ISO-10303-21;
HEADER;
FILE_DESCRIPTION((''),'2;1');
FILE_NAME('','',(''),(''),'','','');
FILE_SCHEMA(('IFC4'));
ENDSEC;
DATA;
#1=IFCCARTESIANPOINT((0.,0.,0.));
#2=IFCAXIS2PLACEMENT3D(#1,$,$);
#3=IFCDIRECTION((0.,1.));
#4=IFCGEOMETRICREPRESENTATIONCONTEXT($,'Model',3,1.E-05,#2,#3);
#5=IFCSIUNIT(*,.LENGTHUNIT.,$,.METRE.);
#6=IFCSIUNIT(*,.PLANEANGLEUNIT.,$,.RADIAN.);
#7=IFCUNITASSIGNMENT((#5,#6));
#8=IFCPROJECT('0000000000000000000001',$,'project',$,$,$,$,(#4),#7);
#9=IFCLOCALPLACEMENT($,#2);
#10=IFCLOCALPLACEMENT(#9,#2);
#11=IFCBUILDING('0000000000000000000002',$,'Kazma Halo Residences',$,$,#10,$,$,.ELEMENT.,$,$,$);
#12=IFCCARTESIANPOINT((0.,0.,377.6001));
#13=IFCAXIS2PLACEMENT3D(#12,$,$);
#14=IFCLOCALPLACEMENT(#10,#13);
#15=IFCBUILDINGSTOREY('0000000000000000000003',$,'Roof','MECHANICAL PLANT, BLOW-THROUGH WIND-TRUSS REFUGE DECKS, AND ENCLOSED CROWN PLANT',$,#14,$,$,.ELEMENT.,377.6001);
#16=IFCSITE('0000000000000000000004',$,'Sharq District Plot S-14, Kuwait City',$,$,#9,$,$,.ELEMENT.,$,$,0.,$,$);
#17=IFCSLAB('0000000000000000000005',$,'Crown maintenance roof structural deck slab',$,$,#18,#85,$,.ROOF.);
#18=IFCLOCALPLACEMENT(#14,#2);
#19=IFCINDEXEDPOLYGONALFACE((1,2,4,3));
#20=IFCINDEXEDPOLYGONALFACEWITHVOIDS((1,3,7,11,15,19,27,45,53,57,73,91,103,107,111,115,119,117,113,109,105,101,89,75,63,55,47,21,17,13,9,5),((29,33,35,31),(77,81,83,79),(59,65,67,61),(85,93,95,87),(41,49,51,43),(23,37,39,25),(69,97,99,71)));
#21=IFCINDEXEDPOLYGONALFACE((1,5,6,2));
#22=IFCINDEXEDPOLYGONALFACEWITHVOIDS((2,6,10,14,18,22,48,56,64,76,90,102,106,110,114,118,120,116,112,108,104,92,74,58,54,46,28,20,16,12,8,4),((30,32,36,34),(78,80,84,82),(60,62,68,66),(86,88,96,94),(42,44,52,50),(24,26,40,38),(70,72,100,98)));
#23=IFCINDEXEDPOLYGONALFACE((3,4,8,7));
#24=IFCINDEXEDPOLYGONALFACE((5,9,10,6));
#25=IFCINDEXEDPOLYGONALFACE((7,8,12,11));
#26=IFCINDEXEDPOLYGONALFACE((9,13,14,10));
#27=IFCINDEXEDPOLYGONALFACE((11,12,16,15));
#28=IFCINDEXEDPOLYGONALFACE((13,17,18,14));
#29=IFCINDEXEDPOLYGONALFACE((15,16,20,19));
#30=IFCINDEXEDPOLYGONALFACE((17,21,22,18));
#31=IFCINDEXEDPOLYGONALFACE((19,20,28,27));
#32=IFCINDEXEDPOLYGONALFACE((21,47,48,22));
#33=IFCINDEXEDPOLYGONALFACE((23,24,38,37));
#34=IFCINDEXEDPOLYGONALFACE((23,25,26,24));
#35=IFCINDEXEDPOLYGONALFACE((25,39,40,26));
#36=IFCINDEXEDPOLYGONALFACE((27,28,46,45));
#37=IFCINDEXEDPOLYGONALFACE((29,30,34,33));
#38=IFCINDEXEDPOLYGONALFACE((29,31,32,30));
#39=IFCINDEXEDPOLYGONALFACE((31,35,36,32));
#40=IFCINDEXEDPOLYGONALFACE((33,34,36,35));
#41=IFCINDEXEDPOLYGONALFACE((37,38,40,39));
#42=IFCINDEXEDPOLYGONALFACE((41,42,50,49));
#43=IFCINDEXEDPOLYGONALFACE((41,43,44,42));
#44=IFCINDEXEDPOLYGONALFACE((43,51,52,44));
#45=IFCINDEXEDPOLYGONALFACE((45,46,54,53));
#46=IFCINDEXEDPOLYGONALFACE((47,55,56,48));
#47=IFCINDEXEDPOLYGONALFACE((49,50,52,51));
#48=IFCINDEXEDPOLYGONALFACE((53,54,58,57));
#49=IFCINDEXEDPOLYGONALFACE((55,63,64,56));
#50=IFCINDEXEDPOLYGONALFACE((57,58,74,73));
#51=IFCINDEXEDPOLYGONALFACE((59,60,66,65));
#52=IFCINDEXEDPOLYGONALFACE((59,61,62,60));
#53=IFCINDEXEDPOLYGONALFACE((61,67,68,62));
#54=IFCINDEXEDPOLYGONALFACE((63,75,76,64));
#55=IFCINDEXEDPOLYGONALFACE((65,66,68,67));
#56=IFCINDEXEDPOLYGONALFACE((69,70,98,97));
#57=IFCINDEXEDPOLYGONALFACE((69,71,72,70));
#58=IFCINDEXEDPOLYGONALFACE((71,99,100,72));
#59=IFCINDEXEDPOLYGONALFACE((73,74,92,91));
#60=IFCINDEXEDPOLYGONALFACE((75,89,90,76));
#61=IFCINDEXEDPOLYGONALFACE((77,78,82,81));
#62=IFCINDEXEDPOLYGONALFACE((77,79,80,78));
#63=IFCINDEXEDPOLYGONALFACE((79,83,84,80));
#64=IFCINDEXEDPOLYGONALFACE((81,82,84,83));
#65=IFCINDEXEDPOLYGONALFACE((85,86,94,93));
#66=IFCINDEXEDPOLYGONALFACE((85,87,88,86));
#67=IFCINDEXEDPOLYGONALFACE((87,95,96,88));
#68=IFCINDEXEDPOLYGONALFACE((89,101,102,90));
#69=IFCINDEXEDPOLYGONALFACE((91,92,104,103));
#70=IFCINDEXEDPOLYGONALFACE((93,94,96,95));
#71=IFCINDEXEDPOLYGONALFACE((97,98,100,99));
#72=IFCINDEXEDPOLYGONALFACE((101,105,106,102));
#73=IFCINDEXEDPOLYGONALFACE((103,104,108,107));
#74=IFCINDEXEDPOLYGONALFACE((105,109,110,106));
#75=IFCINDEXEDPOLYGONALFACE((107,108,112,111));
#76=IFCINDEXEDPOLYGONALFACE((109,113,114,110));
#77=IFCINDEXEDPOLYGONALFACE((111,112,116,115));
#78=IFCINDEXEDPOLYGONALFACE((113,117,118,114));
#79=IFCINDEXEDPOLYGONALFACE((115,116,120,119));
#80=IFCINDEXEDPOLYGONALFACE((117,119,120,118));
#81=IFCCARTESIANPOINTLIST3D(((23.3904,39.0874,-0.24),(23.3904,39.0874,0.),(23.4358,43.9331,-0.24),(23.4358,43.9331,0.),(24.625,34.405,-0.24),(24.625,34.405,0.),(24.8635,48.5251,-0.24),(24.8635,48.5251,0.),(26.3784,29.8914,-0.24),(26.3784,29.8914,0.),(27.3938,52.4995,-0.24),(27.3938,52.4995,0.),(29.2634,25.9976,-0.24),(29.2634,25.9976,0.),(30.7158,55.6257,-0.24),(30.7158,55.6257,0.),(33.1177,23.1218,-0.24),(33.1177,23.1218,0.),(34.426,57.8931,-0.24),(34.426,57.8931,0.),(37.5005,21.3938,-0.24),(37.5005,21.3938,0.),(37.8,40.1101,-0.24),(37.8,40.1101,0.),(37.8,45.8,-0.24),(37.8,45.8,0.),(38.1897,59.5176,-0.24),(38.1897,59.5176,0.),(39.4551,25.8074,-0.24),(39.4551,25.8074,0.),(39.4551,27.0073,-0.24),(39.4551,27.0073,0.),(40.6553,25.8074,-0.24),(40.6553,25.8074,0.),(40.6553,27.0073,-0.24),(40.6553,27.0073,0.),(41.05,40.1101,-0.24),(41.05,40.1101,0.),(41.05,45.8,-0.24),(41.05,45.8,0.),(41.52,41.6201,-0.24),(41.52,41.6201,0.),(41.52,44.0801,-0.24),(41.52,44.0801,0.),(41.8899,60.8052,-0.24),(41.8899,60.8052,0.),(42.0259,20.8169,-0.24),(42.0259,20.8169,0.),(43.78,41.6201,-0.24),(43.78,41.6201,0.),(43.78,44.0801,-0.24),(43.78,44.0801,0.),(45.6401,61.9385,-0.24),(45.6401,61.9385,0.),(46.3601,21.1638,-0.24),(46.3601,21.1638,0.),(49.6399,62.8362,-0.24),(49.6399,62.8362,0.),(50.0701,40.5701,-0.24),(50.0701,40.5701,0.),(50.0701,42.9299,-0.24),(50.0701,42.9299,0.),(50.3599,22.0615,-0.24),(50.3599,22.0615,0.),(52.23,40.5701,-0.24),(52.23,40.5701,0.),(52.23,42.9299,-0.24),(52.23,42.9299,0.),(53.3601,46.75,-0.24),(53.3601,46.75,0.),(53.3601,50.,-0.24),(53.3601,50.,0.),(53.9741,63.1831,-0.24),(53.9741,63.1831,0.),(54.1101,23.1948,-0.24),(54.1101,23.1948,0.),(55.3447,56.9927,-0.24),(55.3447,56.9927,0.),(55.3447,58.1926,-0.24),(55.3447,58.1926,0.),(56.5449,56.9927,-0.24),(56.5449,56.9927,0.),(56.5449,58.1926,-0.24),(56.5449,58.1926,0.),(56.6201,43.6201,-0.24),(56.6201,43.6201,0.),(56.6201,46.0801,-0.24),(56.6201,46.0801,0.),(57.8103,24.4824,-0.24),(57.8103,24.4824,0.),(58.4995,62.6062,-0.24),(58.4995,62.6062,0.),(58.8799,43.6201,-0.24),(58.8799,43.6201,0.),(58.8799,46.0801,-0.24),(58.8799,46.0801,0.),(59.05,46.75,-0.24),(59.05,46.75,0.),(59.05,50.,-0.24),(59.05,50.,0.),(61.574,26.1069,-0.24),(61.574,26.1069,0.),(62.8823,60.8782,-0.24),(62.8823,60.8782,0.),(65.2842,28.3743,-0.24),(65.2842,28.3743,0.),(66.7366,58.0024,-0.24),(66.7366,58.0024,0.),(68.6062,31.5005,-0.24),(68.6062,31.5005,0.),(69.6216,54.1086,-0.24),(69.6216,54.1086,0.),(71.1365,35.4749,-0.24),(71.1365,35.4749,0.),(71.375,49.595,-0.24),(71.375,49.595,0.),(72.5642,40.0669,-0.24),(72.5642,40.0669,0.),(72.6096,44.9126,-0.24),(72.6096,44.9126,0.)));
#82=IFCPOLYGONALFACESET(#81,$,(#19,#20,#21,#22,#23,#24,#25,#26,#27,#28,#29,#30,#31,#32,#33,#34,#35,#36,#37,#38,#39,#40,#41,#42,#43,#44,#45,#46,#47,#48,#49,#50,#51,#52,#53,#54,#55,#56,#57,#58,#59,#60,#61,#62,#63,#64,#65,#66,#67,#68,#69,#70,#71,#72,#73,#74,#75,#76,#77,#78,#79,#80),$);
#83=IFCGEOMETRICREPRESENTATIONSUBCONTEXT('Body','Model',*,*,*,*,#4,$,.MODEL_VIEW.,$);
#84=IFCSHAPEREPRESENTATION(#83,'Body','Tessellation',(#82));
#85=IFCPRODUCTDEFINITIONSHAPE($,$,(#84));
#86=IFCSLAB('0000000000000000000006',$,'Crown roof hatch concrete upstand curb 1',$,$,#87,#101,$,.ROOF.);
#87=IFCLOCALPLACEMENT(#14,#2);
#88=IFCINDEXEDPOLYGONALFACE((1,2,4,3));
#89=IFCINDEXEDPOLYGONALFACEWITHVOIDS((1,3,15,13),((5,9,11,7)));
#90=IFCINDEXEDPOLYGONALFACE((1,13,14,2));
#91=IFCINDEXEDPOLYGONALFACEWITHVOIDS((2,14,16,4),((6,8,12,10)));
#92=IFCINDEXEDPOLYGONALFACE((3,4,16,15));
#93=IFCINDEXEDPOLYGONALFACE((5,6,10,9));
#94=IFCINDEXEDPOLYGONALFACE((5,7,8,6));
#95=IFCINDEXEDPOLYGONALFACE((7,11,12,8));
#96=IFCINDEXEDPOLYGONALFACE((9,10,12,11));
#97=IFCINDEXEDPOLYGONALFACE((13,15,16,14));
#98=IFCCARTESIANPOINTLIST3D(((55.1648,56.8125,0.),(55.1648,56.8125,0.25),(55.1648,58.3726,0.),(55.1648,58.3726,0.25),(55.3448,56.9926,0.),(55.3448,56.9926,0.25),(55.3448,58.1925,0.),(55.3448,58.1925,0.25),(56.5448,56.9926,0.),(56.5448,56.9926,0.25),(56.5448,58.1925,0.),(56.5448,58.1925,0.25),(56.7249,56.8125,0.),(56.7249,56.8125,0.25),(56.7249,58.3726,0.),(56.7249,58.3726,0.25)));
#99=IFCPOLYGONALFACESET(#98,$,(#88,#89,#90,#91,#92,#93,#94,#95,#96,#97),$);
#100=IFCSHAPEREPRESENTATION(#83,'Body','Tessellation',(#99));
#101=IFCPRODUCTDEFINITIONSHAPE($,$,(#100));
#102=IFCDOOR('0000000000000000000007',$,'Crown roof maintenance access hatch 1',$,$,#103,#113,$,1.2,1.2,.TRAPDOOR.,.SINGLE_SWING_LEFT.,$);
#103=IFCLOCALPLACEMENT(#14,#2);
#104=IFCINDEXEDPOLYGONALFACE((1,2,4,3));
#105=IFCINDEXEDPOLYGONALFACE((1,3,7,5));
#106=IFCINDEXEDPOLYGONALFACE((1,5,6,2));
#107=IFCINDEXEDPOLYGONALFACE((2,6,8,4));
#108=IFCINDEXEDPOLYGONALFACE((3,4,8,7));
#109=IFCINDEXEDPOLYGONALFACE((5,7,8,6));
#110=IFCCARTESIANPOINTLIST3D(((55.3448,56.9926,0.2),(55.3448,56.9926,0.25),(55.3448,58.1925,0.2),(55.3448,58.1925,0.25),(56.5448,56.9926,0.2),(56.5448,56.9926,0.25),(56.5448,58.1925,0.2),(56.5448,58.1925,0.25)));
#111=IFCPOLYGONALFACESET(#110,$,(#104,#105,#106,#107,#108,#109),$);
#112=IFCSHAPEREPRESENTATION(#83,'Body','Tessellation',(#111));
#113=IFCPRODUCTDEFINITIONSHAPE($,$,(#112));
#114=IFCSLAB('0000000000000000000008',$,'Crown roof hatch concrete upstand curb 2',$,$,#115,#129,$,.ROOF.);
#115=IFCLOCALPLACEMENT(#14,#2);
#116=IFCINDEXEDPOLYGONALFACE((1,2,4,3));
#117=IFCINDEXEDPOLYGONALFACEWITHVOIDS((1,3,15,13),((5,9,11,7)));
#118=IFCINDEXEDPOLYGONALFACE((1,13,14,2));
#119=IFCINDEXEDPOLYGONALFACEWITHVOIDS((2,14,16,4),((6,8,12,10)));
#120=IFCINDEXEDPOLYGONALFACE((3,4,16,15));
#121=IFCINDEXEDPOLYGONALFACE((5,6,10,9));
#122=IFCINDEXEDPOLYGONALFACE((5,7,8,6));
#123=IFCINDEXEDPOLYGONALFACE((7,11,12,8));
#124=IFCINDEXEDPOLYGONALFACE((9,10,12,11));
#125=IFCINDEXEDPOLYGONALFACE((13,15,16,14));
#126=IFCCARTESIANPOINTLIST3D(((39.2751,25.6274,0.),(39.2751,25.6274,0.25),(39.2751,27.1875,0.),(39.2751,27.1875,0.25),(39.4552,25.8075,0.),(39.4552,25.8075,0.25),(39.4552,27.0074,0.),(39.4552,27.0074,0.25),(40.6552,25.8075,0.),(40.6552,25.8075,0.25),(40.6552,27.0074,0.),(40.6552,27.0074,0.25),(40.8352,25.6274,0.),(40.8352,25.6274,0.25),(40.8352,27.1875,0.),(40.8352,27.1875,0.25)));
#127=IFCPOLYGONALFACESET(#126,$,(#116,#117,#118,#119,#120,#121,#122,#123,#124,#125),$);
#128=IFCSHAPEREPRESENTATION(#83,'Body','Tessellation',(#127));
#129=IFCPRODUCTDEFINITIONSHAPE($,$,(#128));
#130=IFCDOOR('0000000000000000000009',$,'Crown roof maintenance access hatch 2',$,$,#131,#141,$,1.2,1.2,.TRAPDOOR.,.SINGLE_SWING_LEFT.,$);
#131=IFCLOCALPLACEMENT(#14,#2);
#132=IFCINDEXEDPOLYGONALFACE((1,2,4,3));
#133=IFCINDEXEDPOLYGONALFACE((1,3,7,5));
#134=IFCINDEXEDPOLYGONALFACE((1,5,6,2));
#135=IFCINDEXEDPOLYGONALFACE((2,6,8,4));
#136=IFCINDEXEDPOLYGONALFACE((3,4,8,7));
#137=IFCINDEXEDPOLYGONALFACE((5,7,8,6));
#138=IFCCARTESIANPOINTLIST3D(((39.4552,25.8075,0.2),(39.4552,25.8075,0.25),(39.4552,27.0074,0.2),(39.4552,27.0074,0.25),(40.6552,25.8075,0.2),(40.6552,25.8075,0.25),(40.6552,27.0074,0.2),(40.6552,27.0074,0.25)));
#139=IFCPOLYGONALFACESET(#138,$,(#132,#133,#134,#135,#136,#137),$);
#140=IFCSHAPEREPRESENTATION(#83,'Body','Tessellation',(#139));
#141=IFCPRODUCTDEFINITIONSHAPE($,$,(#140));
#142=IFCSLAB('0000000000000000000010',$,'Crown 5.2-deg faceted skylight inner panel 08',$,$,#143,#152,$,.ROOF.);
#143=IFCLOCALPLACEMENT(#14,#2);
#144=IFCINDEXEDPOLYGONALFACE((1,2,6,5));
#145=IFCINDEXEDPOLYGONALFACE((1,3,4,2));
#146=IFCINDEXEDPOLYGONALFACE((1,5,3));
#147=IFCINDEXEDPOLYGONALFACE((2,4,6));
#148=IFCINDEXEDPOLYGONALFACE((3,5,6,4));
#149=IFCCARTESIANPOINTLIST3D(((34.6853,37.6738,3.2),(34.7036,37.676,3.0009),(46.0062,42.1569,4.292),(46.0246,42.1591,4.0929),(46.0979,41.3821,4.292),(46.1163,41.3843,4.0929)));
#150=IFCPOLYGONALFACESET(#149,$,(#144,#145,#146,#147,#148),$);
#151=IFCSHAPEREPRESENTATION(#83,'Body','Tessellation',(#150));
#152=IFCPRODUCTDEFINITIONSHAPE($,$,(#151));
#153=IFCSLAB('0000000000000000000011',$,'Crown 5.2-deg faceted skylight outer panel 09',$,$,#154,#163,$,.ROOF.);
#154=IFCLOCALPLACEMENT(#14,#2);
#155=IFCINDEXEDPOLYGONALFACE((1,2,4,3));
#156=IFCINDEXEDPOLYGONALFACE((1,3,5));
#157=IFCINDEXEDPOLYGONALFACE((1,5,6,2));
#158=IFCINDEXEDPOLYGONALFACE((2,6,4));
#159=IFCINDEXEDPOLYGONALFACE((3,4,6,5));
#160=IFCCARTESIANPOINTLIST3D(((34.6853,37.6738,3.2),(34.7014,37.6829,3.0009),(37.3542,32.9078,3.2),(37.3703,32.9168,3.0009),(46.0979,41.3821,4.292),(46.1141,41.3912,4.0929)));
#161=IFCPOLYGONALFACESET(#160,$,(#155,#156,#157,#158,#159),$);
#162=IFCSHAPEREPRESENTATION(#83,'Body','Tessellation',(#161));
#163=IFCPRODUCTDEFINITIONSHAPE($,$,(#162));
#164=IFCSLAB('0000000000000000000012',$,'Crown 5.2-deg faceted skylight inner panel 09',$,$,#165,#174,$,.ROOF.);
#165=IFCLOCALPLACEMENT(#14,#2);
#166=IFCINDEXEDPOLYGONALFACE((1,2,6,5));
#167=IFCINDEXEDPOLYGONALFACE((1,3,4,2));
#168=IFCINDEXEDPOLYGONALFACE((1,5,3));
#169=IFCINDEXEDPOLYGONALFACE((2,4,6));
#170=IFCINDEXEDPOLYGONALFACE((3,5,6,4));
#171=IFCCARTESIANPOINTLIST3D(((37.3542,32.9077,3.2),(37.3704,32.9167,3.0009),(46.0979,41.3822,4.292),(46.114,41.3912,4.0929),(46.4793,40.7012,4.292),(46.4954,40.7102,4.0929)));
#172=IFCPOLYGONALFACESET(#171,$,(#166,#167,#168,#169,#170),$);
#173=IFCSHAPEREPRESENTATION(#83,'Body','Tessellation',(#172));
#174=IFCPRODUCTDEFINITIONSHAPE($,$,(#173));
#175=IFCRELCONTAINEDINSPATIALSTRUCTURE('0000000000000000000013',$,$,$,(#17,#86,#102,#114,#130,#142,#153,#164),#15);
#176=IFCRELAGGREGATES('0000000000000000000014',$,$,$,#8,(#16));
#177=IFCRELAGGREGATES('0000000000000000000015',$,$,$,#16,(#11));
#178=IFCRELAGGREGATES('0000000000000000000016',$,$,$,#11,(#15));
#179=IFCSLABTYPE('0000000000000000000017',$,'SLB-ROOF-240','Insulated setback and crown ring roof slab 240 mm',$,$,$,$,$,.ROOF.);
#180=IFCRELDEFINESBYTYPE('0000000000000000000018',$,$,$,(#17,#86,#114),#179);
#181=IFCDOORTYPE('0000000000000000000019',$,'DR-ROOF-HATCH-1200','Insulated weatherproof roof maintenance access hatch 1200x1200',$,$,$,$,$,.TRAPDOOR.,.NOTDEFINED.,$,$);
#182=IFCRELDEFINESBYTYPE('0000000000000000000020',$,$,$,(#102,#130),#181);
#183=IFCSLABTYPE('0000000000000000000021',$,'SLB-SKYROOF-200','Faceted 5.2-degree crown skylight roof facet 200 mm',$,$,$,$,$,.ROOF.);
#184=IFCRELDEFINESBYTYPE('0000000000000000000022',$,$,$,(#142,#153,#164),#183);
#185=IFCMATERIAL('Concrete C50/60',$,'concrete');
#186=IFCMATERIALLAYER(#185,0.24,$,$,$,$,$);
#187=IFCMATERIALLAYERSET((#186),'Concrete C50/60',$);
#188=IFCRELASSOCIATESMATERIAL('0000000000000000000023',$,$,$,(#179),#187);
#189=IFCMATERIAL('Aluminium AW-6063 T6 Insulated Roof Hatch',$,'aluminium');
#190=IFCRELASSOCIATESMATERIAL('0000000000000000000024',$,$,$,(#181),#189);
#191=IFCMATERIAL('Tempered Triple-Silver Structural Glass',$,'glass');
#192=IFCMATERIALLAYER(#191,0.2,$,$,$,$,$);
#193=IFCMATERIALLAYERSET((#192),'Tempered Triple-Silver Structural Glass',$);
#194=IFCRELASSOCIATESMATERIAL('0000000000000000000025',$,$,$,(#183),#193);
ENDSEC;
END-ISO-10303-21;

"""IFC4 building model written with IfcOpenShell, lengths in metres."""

from ifc_helpers import new_model, si_unit, direction, frame, origin, origin_2d, place, context, subcontext, project, spatial, polyline, rectangle, outline, extrude, material, layer, layer_set, type_object, element, fill, save


model = new_model("IFC4")

# Units and contexts
model_context = context("Model", 3, precision=1e-05, world=origin(), true_north=direction((0.0, 1.0)))
body_context = subcontext(model_context, "Body", "Model", "MODEL_VIEW")
ifc_project = project(units=[si_unit("LENGTHUNIT", "METRE"), si_unit("PLANEANGLEUNIT", "RADIAN")], contexts=[model_context])

# Site, building, storey
site_placement = place(None, origin())
site = spatial("IfcSite", under=ifc_project, at=site_placement, Name="Sharq District Plot S-14, Kuwait City", CompositionType="ELEMENT", RefElevation=0.0)
building_placement = place(site_placement, origin())
building = spatial("IfcBuilding", under=site, at=building_placement, Name="Kazma Halo Residences", CompositionType="ELEMENT")
storey_placement = place(building_placement, frame((0.0, 0.0, 377.6001)))
storey = spatial("IfcBuildingStorey", under=building, at=storey_placement, Name="Roof", Description="MECHANICAL PLANT, BLOW-THROUGH WIND-TRUSS REFUGE DECKS, AND ENCLOSED CROWN PLANT", CompositionType="ELEMENT", Elevation=377.6001)

# Slab
ifc_material_1 = material(Name="Concrete C50/60", Category="concrete")
ifc_layer_1 = layer(ifc_material_1, 0.24)
ifc_layer_set_1 = layer_set([ifc_layer_1], Name="Concrete C50/60")
slab_type_1 = type_object("IfcSlabType", Name="SLB-ROOF-240", Description="Insulated setback and crown ring roof slab 240 mm", PredefinedType="ROOF", material=ifc_layer_set_1)
slab_1_placement = place(storey_placement, frame((0.0, 0.0, -0.24)))
element("IfcSlab", 1, at=slab_1_placement, inside=storey, type_object=slab_type_1, Name="Crown maintenance roof structural deck slab", PredefinedType="ROOF", context=body_context, shape_type="SweptSolid", body=[
    extrude(outline(polyline([(71.375, 49.595), (69.6216, 54.1086), (66.7366, 58.0024), (62.8823, 60.8782), (58.4995, 62.6062), (53.9741, 63.1831), (49.6399, 62.8362), (45.6401, 61.9385), (41.8899, 60.8052), (38.1897, 59.5176), (34.426, 57.8931), (30.7158, 55.6257), (27.3938, 52.4995), (24.8635, 48.5251), (23.4358, 43.9331), (23.3904, 39.0874), (24.625, 34.405), (26.3784, 29.8914), (29.2634, 25.9976), (33.1177, 23.1218), (37.5005, 21.3938), (42.0259, 20.8169), (46.3601, 21.1638), (50.3599, 22.0615), (54.1101, 23.1948), (57.8103, 24.4824), (61.574, 26.1069), (65.2842, 28.3743), (68.6062, 31.5005), (71.1365, 35.4749), (72.5642, 40.0669), (72.6096, 44.9126), (71.375, 49.595)]), holes=[polyline([(37.8, 40.1101), (41.05, 40.1101), (41.05, 45.8), (37.8, 45.8), (37.8, 40.1101)]), polyline([(53.3601, 46.75), (59.05, 46.75), (59.05, 50.0), (53.3601, 50.0), (53.3601, 46.75)]), polyline([(41.52, 41.6201), (43.78, 41.6201), (43.78, 44.0801), (41.52, 44.0801), (41.52, 41.6201)]), polyline([(56.6201, 43.6201), (58.8799, 43.6201), (58.8799, 46.0801), (56.6201, 46.0801), (56.6201, 43.6201)]), polyline([(50.0701, 40.5701), (52.23, 40.5701), (52.23, 42.9299), (50.0701, 42.9299), (50.0701, 40.5701)]), polyline([(55.3447, 56.9927), (56.5449, 56.9927), (56.5449, 58.1926), (55.3447, 58.1926), (55.3447, 56.9927)]), polyline([(39.4551, 25.8074), (40.6553, 25.8074), (40.6553, 27.0073), (39.4551, 27.0073), (39.4551, 25.8074)])]), origin(), (0.0, 0.0, 1.0), 0.24),
])

# Slabs, openings, doors
slab_2_placement = place(storey_placement, origin())
slab_2 = element("IfcSlab", 2, at=slab_2_placement, inside=storey, type_object=slab_type_1, Name="Crown roof hatch concrete upstand curb 1", PredefinedType="ROOF", context=body_context, shape_type="SweptSolid", body=[
    extrude(outline(polyline([(55.1648, 56.8125), (56.7249, 56.8125), (56.7249, 58.3726), (55.1648, 58.3726), (55.1648, 56.8125)])), origin(), (0.0, 0.0, 1.0), 0.25),
])
opening_1_placement = place(slab_2_placement, frame((55.9448, 57.5925, -0.01)))
opening_1 = element("IfcOpeningElement", 3, at=opening_1_placement, cuts=slab_2, PredefinedType="OPENING", context=body_context, shape_type="SweptSolid", body=[
    extrude(rectangle(XDim=1.2, YDim=1.2, at=origin_2d()), origin(), (0.0, 0.0, 1.0), 0.27),
])
ifc_material_2 = material(Name="Aluminium AW-6063 T6 Insulated Roof Hatch", Category="aluminium")
door_type = type_object("IfcDoorType", Name="DR-ROOF-HATCH-1200", Description="Insulated weatherproof roof maintenance access hatch 1200x1200", OperationType="NOTDEFINED", PredefinedType="TRAPDOOR", material=ifc_material_2)
door_1_placement = place(slab_2_placement, frame((55.9448, 57.5925, 0.2)))
door_1 = element("IfcDoor", 4, at=door_1_placement, inside=storey, type_object=door_type, Name="Crown roof maintenance access hatch 1", OperationType="SINGLE_SWING_LEFT", OverallHeight=1.2, OverallWidth=1.2, PredefinedType="TRAPDOOR", context=body_context, shape_type="SweptSolid", body=[
    extrude(rectangle(XDim=1.2, YDim=1.2, at=origin_2d()), origin(), (0.0, 0.0, 1.0), 0.05),
])
fill(opening_1, door_1)
slab_3_placement = place(storey_placement, origin())
slab_3 = element("IfcSlab", 5, at=slab_3_placement, inside=storey, type_object=slab_type_1, Name="Crown roof hatch concrete upstand curb 2", PredefinedType="ROOF", context=body_context, shape_type="SweptSolid", body=[
    extrude(outline(polyline([(39.2751, 25.6274), (40.8352, 25.6274), (40.8352, 27.1875), (39.2751, 27.1875), (39.2751, 25.6274)])), origin(), (0.0, 0.0, 1.0), 0.25),
])
opening_2_placement = place(slab_3_placement, frame((40.0552, 26.4075, -0.01)))
opening_2 = element("IfcOpeningElement", 6, at=opening_2_placement, cuts=slab_3, PredefinedType="OPENING", context=body_context, shape_type="SweptSolid", body=[
    extrude(rectangle(XDim=1.2, YDim=1.2, at=origin_2d()), origin(), (0.0, 0.0, 1.0), 0.27),
])
door_2_placement = place(slab_3_placement, frame((40.0552, 26.4075, 0.2)))
door_2 = element("IfcDoor", 7, at=door_2_placement, inside=storey, type_object=door_type, Name="Crown roof maintenance access hatch 2", OperationType="SINGLE_SWING_LEFT", OverallHeight=1.2, OverallWidth=1.2, PredefinedType="TRAPDOOR", context=body_context, shape_type="SweptSolid", body=[
    extrude(rectangle(XDim=1.2, YDim=1.2, at=origin_2d()), origin(), (0.0, 0.0, 1.0), 0.05),
])
fill(opening_2, door_2)

# Slabs
ifc_material_3 = material(Name="Tempered Triple-Silver Structural Glass", Category="glass")
ifc_layer_2 = layer(ifc_material_3, 0.2)
ifc_layer_set_2 = layer_set([ifc_layer_2], Name="Tempered Triple-Silver Structural Glass")
slab_type_2 = type_object("IfcSlabType", Name="SLB-SKYROOF-200", Description="Faceted 5.2-degree crown skylight roof facet 200 mm", PredefinedType="ROOF", material=ifc_layer_set_2)
slab_4_placement = place(storey_placement, frame((34.6853, 37.6738, 3.2), z_axis=(-0.091747, -0.010869, 0.995723), x_axis=(0.947141, 0.307751, 0.090629)))
element("IfcSlab", 8, at=slab_4_placement, inside=storey, type_object=slab_type_2, Name="Crown 5.2-deg faceted skylight inner panel 08", PredefinedType="ROOF", context=body_context, shape_type="SweptSolid", body=[
    extrude(outline(polyline([(0.0, 0.0), (12.0496, 0.0), (12.2012, 0.7654), (0.0, 0.0)])), origin(), (0.0, 0.0, -1.0), 0.2),
])
slab_5_placement = place(storey_placement, frame((34.6853, 37.6738, 3.2), z_axis=(-0.080611, -0.045141, 0.995723), x_axis=(0.488592, -0.872512, 0.0)))
element("IfcSlab", 9, at=slab_5_placement, inside=storey, type_object=slab_type_2, Name="Crown 5.2-deg faceted skylight outer panel 09", PredefinedType="ROOF", context=body_context, shape_type="SweptSolid", body=[
    extrude(outline(polyline([(0.0, 0.0), (5.4624, 0.0), (2.3406, 11.8201), (0.0, 0.0)])), origin(), (0.0, 0.0, -1.0), 0.2),
])
slab_6_placement = place(storey_placement, frame((37.3542, 32.9077, 3.2), z_axis=(-0.080607, -0.045145, 0.995723), x_axis=(0.757278, 0.646774, 0.090628)))
element("IfcSlab", 10, at=slab_6_placement, inside=storey, type_object=slab_type_2, Name="Crown 5.2-deg faceted skylight inner panel 09", PredefinedType="ROOF", context=body_context, shape_type="SweptSolid", body=[
    extrude(outline(polyline([(0.0, 0.0), (12.0498, 0.0), (12.2014, 0.7656), (0.0, 0.0)])), origin(), (0.0, 0.0, -1.0), 0.2),
])

save(model, "model.ifc")
